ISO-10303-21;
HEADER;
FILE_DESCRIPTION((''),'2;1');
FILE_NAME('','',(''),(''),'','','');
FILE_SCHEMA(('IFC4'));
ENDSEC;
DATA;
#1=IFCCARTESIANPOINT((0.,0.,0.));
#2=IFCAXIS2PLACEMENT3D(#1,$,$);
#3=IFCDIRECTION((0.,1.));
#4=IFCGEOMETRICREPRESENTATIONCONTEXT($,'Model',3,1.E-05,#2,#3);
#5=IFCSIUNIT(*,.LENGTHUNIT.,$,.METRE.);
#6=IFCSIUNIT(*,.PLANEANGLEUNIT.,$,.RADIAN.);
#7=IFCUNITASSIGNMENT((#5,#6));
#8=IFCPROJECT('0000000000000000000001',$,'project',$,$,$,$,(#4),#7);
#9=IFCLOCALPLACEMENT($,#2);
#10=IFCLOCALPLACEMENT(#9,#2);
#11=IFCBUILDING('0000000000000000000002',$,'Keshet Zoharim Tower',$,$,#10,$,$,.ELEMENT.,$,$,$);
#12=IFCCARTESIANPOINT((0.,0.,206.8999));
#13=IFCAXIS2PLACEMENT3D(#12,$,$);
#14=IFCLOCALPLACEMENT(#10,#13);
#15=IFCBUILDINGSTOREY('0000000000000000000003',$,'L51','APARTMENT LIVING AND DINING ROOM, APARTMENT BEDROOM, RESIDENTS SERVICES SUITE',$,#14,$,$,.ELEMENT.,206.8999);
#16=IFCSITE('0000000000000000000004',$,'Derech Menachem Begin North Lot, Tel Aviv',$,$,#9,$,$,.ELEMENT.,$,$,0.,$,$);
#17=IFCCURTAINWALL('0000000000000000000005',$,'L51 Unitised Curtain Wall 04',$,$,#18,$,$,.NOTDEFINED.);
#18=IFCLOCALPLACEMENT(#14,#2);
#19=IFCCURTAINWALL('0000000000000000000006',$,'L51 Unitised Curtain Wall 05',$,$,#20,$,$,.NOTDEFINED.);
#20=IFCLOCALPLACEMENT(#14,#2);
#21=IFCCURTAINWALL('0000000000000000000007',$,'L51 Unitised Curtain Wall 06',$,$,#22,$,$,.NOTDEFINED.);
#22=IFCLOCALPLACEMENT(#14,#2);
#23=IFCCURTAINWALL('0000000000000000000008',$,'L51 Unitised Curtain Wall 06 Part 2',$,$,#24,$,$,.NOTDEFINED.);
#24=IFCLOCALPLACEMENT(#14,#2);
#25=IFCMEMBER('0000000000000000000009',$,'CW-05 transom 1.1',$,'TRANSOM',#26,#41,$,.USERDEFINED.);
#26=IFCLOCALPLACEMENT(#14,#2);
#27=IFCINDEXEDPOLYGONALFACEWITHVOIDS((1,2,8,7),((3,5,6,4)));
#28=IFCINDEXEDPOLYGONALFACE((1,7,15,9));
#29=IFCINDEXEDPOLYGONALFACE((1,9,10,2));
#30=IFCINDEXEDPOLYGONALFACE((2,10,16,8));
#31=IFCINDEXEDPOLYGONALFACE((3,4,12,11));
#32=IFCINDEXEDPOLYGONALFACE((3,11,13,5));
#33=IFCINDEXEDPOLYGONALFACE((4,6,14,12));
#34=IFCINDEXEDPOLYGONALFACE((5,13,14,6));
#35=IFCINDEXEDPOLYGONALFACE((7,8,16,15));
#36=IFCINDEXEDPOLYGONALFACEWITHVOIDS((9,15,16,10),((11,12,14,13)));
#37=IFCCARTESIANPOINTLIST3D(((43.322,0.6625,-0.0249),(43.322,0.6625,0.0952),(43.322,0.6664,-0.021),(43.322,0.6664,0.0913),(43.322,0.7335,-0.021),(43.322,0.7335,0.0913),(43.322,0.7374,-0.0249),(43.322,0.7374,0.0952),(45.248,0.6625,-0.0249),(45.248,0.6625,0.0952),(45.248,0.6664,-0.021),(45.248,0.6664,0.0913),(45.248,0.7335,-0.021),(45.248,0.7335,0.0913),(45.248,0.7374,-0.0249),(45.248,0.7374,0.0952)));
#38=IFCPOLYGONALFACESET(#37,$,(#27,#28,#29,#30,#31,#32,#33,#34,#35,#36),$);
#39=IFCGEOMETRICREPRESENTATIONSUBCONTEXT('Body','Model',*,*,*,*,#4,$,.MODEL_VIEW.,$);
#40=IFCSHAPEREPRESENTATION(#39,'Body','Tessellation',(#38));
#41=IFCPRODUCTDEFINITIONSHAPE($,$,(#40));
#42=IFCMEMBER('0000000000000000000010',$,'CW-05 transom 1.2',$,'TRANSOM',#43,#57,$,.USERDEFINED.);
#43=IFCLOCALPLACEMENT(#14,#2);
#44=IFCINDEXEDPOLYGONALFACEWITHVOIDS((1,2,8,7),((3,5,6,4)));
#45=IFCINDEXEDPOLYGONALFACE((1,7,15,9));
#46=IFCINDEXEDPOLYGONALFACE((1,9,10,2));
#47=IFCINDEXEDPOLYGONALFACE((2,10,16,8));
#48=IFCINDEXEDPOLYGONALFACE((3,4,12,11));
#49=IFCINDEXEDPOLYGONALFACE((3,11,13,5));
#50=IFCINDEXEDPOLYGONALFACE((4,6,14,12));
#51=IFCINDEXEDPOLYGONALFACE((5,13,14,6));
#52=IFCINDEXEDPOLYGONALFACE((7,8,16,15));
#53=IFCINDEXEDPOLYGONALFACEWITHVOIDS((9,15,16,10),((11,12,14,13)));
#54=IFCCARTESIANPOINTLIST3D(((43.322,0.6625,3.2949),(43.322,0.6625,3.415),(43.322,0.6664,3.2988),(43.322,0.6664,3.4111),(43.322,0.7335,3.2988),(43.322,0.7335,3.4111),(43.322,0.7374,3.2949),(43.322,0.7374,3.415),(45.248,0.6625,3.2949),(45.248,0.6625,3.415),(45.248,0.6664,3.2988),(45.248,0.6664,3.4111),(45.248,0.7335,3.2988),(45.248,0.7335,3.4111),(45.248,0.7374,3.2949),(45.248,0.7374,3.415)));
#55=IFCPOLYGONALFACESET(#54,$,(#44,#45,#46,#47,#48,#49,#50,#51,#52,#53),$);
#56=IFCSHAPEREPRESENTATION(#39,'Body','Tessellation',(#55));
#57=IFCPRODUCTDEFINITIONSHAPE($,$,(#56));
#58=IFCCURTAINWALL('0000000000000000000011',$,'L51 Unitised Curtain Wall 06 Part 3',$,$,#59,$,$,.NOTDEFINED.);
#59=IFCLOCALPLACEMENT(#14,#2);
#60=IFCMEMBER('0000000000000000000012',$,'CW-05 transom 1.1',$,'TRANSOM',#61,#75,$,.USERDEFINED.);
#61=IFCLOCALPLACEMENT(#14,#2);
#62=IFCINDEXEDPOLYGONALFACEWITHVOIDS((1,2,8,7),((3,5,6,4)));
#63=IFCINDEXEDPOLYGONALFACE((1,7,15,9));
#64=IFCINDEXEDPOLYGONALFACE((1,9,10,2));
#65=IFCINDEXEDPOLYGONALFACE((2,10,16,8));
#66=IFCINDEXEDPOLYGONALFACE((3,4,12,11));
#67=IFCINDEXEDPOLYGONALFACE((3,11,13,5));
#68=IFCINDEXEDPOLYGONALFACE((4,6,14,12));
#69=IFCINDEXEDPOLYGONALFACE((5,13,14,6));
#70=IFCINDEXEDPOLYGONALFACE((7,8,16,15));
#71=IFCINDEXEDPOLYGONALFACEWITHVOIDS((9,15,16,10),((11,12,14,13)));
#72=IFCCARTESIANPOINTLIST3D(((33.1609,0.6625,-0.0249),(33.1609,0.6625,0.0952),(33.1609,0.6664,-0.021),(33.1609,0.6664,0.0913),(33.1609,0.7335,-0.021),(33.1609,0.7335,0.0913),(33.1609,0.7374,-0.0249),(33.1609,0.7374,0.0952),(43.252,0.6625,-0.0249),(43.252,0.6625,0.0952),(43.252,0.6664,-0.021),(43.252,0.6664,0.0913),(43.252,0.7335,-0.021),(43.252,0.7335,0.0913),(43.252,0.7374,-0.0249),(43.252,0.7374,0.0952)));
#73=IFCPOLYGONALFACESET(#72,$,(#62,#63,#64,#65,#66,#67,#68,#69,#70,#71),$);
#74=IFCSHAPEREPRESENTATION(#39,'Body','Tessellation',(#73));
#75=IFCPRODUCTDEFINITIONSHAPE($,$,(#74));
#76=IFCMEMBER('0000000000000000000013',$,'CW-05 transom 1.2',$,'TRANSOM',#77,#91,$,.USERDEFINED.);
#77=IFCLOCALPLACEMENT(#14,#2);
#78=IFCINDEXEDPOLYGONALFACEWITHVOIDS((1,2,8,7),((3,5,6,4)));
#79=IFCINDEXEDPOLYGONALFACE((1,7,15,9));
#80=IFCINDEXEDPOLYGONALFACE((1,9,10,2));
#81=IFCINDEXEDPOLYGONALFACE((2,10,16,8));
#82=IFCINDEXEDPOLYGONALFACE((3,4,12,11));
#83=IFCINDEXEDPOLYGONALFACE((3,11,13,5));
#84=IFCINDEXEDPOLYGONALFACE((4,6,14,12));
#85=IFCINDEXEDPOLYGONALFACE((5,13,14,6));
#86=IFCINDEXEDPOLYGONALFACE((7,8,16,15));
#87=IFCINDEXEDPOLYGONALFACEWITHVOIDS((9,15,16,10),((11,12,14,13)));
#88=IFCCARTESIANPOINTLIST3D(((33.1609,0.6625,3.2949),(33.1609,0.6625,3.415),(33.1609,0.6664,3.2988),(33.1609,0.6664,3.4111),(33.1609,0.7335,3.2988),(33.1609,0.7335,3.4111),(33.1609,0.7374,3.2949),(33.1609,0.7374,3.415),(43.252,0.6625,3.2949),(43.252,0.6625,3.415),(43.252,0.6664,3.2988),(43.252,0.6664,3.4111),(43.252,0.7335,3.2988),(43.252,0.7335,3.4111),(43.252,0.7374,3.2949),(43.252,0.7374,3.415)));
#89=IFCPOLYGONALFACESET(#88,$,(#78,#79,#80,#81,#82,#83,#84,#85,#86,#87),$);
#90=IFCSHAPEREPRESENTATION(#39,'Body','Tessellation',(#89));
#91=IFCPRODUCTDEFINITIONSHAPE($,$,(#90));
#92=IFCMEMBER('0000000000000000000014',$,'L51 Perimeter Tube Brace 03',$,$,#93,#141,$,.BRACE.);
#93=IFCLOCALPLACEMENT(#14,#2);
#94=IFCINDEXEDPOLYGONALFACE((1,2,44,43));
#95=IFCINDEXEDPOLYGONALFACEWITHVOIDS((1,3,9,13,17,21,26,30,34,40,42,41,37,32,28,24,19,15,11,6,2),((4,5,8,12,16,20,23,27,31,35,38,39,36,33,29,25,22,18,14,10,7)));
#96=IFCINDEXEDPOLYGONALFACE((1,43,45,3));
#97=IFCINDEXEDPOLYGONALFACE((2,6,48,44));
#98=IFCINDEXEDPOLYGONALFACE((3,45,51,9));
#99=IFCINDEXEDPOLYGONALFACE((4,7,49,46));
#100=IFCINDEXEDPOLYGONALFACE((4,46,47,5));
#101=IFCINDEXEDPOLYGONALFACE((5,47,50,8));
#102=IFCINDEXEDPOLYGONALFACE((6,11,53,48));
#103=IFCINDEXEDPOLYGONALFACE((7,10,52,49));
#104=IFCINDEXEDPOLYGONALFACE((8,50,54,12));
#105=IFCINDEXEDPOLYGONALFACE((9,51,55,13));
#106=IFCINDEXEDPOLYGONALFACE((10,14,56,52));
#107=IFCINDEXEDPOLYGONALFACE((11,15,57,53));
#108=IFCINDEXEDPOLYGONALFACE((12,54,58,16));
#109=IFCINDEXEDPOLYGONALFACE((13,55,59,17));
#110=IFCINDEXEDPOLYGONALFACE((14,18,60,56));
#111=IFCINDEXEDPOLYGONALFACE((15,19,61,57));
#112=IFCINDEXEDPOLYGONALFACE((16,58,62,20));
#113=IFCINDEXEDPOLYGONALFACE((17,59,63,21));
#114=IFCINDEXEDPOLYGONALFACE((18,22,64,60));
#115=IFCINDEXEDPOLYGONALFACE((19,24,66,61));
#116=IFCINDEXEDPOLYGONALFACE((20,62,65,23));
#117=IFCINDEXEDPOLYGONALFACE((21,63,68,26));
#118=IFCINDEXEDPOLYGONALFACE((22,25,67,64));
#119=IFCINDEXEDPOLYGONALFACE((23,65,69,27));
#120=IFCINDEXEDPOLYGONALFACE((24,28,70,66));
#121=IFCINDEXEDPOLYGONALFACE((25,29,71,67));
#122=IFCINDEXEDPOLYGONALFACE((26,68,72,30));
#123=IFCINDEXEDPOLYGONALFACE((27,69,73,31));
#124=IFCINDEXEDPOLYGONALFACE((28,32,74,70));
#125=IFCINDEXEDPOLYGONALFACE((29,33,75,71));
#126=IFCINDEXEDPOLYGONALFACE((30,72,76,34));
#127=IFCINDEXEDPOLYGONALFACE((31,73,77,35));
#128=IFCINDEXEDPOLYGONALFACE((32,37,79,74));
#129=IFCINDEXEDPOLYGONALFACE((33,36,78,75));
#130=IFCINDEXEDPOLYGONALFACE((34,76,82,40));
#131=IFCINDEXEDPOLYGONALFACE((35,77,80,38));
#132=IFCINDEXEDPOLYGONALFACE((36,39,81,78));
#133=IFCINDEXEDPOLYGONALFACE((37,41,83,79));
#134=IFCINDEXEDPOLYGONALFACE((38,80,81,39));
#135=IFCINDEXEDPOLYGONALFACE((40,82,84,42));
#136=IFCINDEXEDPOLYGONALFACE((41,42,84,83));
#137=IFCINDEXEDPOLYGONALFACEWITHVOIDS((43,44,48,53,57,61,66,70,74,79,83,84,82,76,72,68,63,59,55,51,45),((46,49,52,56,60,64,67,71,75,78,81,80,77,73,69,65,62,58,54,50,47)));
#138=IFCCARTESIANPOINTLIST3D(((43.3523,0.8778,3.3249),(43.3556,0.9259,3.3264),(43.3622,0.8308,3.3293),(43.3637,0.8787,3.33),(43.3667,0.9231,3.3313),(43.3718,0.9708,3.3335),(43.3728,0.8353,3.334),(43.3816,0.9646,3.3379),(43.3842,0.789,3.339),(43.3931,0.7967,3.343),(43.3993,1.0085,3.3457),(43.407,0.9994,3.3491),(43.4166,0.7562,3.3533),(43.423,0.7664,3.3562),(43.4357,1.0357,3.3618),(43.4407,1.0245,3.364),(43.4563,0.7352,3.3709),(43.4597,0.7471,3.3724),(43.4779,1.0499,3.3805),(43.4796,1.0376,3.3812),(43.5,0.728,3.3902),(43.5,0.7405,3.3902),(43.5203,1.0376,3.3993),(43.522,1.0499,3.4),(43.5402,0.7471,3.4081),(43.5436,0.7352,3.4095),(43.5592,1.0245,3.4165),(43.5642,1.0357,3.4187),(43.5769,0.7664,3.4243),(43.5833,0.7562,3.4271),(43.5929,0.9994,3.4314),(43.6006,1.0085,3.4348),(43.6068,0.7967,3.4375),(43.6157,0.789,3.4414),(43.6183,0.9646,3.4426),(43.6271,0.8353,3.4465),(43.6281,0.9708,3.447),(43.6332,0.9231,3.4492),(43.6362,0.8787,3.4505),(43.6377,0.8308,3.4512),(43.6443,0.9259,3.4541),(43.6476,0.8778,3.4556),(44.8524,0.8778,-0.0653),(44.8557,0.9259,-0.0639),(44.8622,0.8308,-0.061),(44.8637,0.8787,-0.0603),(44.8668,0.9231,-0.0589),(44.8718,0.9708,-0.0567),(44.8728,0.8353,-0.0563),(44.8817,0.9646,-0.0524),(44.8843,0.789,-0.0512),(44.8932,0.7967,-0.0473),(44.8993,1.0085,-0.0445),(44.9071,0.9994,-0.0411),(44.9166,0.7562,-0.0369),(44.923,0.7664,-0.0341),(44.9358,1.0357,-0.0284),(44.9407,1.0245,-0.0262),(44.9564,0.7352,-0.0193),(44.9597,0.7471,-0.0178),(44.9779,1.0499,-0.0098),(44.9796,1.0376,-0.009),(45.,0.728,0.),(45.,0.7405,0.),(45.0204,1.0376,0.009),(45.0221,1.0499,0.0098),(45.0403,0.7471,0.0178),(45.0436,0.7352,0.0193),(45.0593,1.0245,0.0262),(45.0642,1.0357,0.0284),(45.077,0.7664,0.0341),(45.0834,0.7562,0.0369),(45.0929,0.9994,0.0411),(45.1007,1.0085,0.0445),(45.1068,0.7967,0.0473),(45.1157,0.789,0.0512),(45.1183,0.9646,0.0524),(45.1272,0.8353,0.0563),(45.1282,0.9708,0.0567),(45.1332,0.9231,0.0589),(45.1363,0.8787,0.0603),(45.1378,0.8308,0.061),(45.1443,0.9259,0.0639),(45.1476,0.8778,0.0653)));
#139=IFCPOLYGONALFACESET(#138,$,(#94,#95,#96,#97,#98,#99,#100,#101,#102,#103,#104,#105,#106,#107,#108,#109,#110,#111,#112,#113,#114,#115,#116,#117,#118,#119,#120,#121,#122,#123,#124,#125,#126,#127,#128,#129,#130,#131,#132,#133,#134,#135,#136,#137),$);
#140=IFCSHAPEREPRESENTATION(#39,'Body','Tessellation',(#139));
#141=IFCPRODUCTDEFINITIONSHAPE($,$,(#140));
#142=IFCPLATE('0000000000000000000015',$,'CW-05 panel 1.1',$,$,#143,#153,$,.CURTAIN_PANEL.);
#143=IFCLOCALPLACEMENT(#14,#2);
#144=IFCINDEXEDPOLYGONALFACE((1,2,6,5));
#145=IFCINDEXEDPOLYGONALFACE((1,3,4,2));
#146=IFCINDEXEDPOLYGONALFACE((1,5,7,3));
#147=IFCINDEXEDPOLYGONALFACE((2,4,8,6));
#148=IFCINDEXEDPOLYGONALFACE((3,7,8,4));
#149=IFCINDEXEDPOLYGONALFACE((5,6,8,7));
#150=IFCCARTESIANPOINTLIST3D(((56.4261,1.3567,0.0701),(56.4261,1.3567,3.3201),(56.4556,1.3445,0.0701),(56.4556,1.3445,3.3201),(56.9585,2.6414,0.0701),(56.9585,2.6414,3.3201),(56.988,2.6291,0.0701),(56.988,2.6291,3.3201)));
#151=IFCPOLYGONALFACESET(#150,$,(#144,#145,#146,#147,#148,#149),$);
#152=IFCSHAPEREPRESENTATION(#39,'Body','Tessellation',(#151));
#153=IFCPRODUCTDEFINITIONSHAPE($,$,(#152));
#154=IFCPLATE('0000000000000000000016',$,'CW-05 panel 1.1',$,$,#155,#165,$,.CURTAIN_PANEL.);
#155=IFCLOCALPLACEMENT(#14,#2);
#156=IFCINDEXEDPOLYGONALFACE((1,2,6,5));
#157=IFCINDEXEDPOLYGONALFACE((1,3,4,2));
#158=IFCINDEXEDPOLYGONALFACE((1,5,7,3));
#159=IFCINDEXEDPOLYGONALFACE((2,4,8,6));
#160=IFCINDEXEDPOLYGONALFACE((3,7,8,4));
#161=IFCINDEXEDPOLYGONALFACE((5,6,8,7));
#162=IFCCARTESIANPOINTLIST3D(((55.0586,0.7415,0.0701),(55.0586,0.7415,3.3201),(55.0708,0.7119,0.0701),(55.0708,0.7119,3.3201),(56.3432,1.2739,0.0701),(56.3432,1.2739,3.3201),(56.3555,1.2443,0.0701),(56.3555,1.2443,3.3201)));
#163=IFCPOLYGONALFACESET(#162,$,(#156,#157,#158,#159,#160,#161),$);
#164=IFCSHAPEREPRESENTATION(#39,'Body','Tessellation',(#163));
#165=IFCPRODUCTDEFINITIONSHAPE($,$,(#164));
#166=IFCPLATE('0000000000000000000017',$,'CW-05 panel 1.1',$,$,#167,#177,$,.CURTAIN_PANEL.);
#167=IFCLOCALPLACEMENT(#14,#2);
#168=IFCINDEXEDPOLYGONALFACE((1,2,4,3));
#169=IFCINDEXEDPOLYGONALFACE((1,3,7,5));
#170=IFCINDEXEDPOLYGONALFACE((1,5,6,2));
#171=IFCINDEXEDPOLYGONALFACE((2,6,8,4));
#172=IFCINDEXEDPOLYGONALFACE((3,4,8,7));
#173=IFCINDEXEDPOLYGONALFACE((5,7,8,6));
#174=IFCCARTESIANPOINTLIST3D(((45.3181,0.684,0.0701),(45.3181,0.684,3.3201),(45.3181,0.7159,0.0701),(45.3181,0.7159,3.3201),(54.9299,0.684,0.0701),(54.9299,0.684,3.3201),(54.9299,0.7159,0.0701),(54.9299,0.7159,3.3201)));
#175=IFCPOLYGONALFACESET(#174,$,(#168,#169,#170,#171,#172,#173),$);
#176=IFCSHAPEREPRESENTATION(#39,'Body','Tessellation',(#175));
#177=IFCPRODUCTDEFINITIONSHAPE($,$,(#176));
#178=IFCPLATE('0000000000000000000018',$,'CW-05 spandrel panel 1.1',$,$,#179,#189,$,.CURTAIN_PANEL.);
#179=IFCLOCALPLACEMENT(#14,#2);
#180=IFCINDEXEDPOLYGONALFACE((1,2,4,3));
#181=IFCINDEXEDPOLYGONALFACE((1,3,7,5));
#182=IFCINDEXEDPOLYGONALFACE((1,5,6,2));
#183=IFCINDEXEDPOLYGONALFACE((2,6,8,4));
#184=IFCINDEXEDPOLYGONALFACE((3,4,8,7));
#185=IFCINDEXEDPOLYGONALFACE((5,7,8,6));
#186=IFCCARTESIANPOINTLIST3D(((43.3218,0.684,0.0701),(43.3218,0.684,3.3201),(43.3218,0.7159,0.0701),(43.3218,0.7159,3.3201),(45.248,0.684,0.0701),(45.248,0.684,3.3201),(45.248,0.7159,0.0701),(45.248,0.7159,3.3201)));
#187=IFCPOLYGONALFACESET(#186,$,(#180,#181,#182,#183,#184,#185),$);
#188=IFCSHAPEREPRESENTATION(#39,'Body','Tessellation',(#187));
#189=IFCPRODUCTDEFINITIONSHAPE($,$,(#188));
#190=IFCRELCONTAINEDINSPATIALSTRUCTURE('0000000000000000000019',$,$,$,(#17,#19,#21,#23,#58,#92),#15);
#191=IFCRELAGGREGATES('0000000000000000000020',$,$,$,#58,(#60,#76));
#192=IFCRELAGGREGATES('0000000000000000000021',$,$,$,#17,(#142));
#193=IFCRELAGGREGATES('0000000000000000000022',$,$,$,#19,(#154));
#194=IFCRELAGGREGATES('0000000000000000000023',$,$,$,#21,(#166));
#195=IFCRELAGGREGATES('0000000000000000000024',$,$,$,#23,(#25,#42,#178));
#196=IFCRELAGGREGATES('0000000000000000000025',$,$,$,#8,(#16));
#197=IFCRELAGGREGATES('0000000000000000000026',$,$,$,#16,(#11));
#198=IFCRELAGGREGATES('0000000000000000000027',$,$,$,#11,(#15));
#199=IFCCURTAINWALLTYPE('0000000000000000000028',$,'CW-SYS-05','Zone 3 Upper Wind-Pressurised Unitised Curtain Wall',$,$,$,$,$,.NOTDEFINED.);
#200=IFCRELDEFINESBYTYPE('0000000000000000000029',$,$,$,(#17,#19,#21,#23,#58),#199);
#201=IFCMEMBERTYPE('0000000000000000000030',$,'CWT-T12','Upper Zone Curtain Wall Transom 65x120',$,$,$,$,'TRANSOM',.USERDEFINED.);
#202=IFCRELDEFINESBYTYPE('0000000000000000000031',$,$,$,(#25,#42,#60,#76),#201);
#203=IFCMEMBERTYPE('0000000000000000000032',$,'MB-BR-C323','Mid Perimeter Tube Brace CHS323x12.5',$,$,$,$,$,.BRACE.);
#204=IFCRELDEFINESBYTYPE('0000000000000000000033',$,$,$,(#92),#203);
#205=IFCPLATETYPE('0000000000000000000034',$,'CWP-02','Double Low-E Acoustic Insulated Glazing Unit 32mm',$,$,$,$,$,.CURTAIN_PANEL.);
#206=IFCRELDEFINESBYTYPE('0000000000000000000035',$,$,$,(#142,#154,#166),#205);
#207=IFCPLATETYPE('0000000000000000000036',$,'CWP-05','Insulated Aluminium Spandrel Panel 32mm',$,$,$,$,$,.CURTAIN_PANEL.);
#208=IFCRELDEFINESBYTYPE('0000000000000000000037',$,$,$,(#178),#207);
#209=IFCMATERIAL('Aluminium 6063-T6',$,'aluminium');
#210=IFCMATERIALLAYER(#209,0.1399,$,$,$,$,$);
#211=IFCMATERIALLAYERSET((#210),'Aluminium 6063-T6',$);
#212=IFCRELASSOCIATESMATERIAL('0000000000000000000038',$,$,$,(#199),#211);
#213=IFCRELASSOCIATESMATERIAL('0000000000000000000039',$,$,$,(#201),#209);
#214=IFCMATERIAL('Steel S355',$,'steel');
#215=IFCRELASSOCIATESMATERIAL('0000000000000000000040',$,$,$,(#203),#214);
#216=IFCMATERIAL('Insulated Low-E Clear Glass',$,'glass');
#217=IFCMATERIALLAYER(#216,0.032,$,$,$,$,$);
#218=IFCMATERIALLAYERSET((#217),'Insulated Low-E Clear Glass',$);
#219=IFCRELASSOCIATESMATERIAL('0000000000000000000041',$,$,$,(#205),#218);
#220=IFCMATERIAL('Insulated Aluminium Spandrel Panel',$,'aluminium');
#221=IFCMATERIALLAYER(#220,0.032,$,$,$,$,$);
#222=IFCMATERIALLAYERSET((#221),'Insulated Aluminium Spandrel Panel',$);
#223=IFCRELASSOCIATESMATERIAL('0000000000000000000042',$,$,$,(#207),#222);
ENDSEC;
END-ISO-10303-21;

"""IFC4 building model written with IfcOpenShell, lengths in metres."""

from ifc_helpers import new_model, si_unit, direction, frame, origin, origin_2d, place, context, subcontext, project, spatial, rectangle, hollow_rectangle, hollow_circle, extrude, material, layer, layer_set, material_profile, profile_set, type_object, element, aggregate, save


model = new_model("IFC4")

# Units and contexts
model_context = context("Model", 3, precision=1e-05, world=origin(), true_north=direction((0.0, 1.0)))
body_context = subcontext(model_context, "Body", "Model", "MODEL_VIEW")
ifc_project = project(units=[si_unit("LENGTHUNIT", "METRE"), si_unit("PLANEANGLEUNIT", "RADIAN")], contexts=[model_context])

# Site, building, storey
site_placement = place(None, origin())
site = spatial("IfcSite", under=ifc_project, at=site_placement, Name="Derech Menachem Begin North Lot, Tel Aviv", CompositionType="ELEMENT", RefElevation=0.0)
building_placement = place(site_placement, origin())
building = spatial("IfcBuilding", under=site, at=building_placement, Name="Keshet Zoharim Tower", CompositionType="ELEMENT")
storey_placement = place(building_placement, frame((0.0, 0.0, 206.8999)))
storey = spatial("IfcBuildingStorey", under=building, at=storey_placement, Name="L51", Description="APARTMENT LIVING AND DINING ROOM, APARTMENT BEDROOM, RESIDENTS SERVICES SUITE", CompositionType="ELEMENT", Elevation=206.8999)

# Shared definitions
ifc_material_1 = material(Name="Steel S355", Category="steel")

# Shared definitions
ifc_material_2 = material(Name="Aluminium 6063-T6", Category="aluminium")
ifc_layer_1 = layer(ifc_material_2, 0.1399)
ifc_layer_set_1 = layer_set([ifc_layer_1], Name="Aluminium 6063-T6")
curtain_wall_type = type_object("IfcCurtainWallType", Name="CW-SYS-05", Description="Zone 3 Upper Wind-Pressurised Unitised Curtain Wall", PredefinedType="NOTDEFINED", material=ifc_layer_set_1)

# Curtain walls
curtain_wall_1_placement = place(storey_placement, origin())
curtain_wall_1 = element("IfcCurtainWall", 1, at=curtain_wall_1_placement, inside=storey, type_object=curtain_wall_type, Name="L51 Unitised Curtain Wall 04", PredefinedType="NOTDEFINED")
curtain_wall_2_placement = place(storey_placement, origin())
curtain_wall_2 = element("IfcCurtainWall", 2, at=curtain_wall_2_placement, inside=storey, type_object=curtain_wall_type, Name="L51 Unitised Curtain Wall 05", PredefinedType="NOTDEFINED")
curtain_wall_3_placement = place(storey_placement, origin())
curtain_wall_3 = element("IfcCurtainWall", 3, at=curtain_wall_3_placement, inside=storey, type_object=curtain_wall_type, Name="L51 Unitised Curtain Wall 06", PredefinedType="NOTDEFINED")

# Curtain wall
curtain_wall_4_placement = place(storey_placement, origin())
curtain_wall_4 = element("IfcCurtainWall", 4, at=curtain_wall_4_placement, inside=storey, type_object=curtain_wall_type, Name="L51 Unitised Curtain Wall 06 Part 2", PredefinedType="NOTDEFINED")

# Members
ifc_material_profile_1 = material_profile(ifc_material_2, hollow_rectangle(XDim=0.075, YDim=0.1201, WallThickness=0.0039, at=origin_2d()), Name="TRN-75x120")
ifc_profile_set_1 = profile_set([ifc_material_profile_1], Name="Aluminium 6063-T6")
member_type_1 = type_object("IfcMemberType", Name="CWT-T12", Description="Upper Zone Curtain Wall Transom 65x120", ElementType="TRANSOM", PredefinedType="USERDEFINED", material=ifc_profile_set_1)
member_1_placement = place(storey_placement, frame((45.248, 0.7, 0.0352), z_axis=(-1.0, 0.0, 0.0), x_axis=(0.0, -1.0, 0.0)))
member_1 = element("IfcMember", 5, at=member_1_placement, type_object=member_type_1, Name="CW-05 transom 1.1", ObjectType="TRANSOM", PredefinedType="USERDEFINED", context=body_context, shape_type="SweptSolid", body=[
    extrude(hollow_rectangle(XDim=0.075, YDim=0.1201, WallThickness=0.0039, at=origin_2d()), origin(), (0.0, 0.0, 1.0), 1.926),
])
member_2_placement = place(storey_placement, frame((45.248, 0.7, 3.355), z_axis=(-1.0, 0.0, 0.0), x_axis=(0.0, -1.0, 0.0)))
member_2 = element("IfcMember", 6, at=member_2_placement, type_object=member_type_1, Name="CW-05 transom 1.2", ObjectType="TRANSOM", PredefinedType="USERDEFINED", context=body_context, shape_type="SweptSolid", body=[
    extrude(hollow_rectangle(XDim=0.075, YDim=0.1201, WallThickness=0.0039, at=origin_2d()), origin(), (0.0, 0.0, 1.0), 1.926),
])

# Curtain wall, members
curtain_wall_5_placement = place(storey_placement, origin())
curtain_wall_5 = element("IfcCurtainWall", 7, at=curtain_wall_5_placement, inside=storey, type_object=curtain_wall_type, Name="L51 Unitised Curtain Wall 06 Part 3", PredefinedType="NOTDEFINED")
member_3_placement = place(storey_placement, frame((43.252, 0.7, 0.0352), z_axis=(-1.0, 0.0, 0.0), x_axis=(0.0, -1.0, 0.0)))
member_3 = element("IfcMember", 8, at=member_3_placement, type_object=member_type_1, Name="CW-05 transom 1.1", ObjectType="TRANSOM", PredefinedType="USERDEFINED", context=body_context, shape_type="SweptSolid", body=[
    extrude(hollow_rectangle(XDim=0.075, YDim=0.1201, WallThickness=0.0039, at=origin_2d()), origin(), (0.0, 0.0, 1.0), 10.0911),
])
member_4_placement = place(storey_placement, frame((43.252, 0.7, 3.355), z_axis=(-1.0, 0.0, 0.0), x_axis=(0.0, -1.0, 0.0)))
member_4 = element("IfcMember", 9, at=member_4_placement, type_object=member_type_1, Name="CW-05 transom 1.2", ObjectType="TRANSOM", PredefinedType="USERDEFINED", context=body_context, shape_type="SweptSolid", body=[
    extrude(hollow_rectangle(XDim=0.075, YDim=0.1201, WallThickness=0.0039, at=origin_2d()), origin(), (0.0, 0.0, 1.0), 10.0911),
])
aggregate(curtain_wall_5, [member_3, member_4])

# Member
ifc_material_profile_2 = material_profile(ifc_material_1, hollow_circle(Radius=0.1619, WallThickness=0.0125, at=origin_2d()), Name="CHS323x12.5")
ifc_profile_set_2 = profile_set([ifc_material_profile_2], Name="Steel S355")
member_type_2 = type_object("IfcMemberType", Name="MB-BR-C323", Description="Mid Perimeter Tube Brace CHS323x12.5", PredefinedType="BRACE", material=ifc_profile_set_2)
member_5_placement = place(storey_placement, frame((45.0, 0.8899, 0.0), z_axis=(-0.404623, 0.0, 0.914484), x_axis=(0.0, -1.0, 0.0)))
element("IfcMember", 10, at=member_5_placement, inside=storey, type_object=member_type_2, Name="L51 Perimeter Tube Brace 03", PredefinedType="BRACE", context=body_context, shape_type="SweptSolid", body=[
    extrude(hollow_circle(Radius=0.1619, WallThickness=0.0125, at=origin_2d()), origin(), (0.0, 0.0, 1.0), 3.7073),
])

# Plates
ifc_material_3 = material(Name="Insulated Low-E Clear Glass", Category="glass")
ifc_layer_2 = layer(ifc_material_3, 0.032)
ifc_layer_set_2 = layer_set([ifc_layer_2], Name="Insulated Low-E Clear Glass")
plate_type_1 = type_object("IfcPlateType", Name="CWP-02", Description="Double Low-E Acoustic Insulated Glazing Unit 32mm", PredefinedType="CURTAIN_PANEL", material=ifc_layer_set_2)
plate_1_placement = place(storey_placement, frame((56.707, 1.9929, 0.0701), z_axis=(0.0, 0.0, 1.0), x_axis=(-0.382852, -0.92381, 0.0)))
plate_1 = element("IfcPlate", 11, at=plate_1_placement, type_object=plate_type_1, Name="CW-05 panel 1.1", PredefinedType="CURTAIN_PANEL", context=body_context, shape_type="SweptSolid", body=[
    extrude(rectangle(XDim=1.3906, YDim=0.032, at=origin_2d()), origin(), (0.0, 0.0, 1.0), 3.25),
])
aggregate(curtain_wall_1, [plate_1])
plate_2_placement = place(storey_placement, frame((55.707, 0.9929, 0.0701), z_axis=(0.0, 0.0, 1.0), x_axis=(-0.92381, -0.382852, 0.0)))
plate_2 = element("IfcPlate", 12, at=plate_2_placement, type_object=plate_type_1, Name="CW-05 panel 1.1", PredefinedType="CURTAIN_PANEL", context=body_context, shape_type="SweptSolid", body=[
    extrude(rectangle(XDim=1.3906, YDim=0.032, at=origin_2d()), origin(), (0.0, 0.0, 1.0), 3.25),
])
aggregate(curtain_wall_2, [plate_2])
plate_3_placement = place(storey_placement, frame((50.124, 0.7, 0.0701), z_axis=(0.0, 0.0, 1.0), x_axis=(-1.0, 0.0, 0.0)))
plate_3 = element("IfcPlate", 13, at=plate_3_placement, type_object=plate_type_1, Name="CW-05 panel 1.1", PredefinedType="CURTAIN_PANEL", context=body_context, shape_type="SweptSolid", body=[
    extrude(rectangle(XDim=9.6118, YDim=0.032, at=origin_2d()), origin(), (0.0, 0.0, 1.0), 3.25),
])
aggregate(curtain_wall_3, [plate_3])
ifc_material_4 = material(Name="Insulated Aluminium Spandrel Panel", Category="aluminium")
ifc_layer_3 = layer(ifc_material_4, 0.032)
ifc_layer_set_3 = layer_set([ifc_layer_3], Name="Insulated Aluminium Spandrel Panel")
plate_type_2 = type_object("IfcPlateType", Name="CWP-05", Description="Insulated Aluminium Spandrel Panel 32mm", PredefinedType="CURTAIN_PANEL", material=ifc_layer_set_3)
plate_4_placement = place(storey_placement, frame((44.2849, 0.7, 0.0701), z_axis=(0.0, 0.0, 1.0), x_axis=(-1.0, 0.0, 0.0)))
plate_4 = element("IfcPlate", 14, at=plate_4_placement, type_object=plate_type_2, Name="CW-05 spandrel panel 1.1", PredefinedType="CURTAIN_PANEL", context=body_context, shape_type="SweptSolid", body=[
    extrude(rectangle(XDim=1.9263, YDim=0.032, at=origin_2d()), origin(), (0.0, 0.0, 1.0), 3.25),
])
aggregate(curtain_wall_4, [member_1, member_2, plate_4])

save(model, "model.ifc")
